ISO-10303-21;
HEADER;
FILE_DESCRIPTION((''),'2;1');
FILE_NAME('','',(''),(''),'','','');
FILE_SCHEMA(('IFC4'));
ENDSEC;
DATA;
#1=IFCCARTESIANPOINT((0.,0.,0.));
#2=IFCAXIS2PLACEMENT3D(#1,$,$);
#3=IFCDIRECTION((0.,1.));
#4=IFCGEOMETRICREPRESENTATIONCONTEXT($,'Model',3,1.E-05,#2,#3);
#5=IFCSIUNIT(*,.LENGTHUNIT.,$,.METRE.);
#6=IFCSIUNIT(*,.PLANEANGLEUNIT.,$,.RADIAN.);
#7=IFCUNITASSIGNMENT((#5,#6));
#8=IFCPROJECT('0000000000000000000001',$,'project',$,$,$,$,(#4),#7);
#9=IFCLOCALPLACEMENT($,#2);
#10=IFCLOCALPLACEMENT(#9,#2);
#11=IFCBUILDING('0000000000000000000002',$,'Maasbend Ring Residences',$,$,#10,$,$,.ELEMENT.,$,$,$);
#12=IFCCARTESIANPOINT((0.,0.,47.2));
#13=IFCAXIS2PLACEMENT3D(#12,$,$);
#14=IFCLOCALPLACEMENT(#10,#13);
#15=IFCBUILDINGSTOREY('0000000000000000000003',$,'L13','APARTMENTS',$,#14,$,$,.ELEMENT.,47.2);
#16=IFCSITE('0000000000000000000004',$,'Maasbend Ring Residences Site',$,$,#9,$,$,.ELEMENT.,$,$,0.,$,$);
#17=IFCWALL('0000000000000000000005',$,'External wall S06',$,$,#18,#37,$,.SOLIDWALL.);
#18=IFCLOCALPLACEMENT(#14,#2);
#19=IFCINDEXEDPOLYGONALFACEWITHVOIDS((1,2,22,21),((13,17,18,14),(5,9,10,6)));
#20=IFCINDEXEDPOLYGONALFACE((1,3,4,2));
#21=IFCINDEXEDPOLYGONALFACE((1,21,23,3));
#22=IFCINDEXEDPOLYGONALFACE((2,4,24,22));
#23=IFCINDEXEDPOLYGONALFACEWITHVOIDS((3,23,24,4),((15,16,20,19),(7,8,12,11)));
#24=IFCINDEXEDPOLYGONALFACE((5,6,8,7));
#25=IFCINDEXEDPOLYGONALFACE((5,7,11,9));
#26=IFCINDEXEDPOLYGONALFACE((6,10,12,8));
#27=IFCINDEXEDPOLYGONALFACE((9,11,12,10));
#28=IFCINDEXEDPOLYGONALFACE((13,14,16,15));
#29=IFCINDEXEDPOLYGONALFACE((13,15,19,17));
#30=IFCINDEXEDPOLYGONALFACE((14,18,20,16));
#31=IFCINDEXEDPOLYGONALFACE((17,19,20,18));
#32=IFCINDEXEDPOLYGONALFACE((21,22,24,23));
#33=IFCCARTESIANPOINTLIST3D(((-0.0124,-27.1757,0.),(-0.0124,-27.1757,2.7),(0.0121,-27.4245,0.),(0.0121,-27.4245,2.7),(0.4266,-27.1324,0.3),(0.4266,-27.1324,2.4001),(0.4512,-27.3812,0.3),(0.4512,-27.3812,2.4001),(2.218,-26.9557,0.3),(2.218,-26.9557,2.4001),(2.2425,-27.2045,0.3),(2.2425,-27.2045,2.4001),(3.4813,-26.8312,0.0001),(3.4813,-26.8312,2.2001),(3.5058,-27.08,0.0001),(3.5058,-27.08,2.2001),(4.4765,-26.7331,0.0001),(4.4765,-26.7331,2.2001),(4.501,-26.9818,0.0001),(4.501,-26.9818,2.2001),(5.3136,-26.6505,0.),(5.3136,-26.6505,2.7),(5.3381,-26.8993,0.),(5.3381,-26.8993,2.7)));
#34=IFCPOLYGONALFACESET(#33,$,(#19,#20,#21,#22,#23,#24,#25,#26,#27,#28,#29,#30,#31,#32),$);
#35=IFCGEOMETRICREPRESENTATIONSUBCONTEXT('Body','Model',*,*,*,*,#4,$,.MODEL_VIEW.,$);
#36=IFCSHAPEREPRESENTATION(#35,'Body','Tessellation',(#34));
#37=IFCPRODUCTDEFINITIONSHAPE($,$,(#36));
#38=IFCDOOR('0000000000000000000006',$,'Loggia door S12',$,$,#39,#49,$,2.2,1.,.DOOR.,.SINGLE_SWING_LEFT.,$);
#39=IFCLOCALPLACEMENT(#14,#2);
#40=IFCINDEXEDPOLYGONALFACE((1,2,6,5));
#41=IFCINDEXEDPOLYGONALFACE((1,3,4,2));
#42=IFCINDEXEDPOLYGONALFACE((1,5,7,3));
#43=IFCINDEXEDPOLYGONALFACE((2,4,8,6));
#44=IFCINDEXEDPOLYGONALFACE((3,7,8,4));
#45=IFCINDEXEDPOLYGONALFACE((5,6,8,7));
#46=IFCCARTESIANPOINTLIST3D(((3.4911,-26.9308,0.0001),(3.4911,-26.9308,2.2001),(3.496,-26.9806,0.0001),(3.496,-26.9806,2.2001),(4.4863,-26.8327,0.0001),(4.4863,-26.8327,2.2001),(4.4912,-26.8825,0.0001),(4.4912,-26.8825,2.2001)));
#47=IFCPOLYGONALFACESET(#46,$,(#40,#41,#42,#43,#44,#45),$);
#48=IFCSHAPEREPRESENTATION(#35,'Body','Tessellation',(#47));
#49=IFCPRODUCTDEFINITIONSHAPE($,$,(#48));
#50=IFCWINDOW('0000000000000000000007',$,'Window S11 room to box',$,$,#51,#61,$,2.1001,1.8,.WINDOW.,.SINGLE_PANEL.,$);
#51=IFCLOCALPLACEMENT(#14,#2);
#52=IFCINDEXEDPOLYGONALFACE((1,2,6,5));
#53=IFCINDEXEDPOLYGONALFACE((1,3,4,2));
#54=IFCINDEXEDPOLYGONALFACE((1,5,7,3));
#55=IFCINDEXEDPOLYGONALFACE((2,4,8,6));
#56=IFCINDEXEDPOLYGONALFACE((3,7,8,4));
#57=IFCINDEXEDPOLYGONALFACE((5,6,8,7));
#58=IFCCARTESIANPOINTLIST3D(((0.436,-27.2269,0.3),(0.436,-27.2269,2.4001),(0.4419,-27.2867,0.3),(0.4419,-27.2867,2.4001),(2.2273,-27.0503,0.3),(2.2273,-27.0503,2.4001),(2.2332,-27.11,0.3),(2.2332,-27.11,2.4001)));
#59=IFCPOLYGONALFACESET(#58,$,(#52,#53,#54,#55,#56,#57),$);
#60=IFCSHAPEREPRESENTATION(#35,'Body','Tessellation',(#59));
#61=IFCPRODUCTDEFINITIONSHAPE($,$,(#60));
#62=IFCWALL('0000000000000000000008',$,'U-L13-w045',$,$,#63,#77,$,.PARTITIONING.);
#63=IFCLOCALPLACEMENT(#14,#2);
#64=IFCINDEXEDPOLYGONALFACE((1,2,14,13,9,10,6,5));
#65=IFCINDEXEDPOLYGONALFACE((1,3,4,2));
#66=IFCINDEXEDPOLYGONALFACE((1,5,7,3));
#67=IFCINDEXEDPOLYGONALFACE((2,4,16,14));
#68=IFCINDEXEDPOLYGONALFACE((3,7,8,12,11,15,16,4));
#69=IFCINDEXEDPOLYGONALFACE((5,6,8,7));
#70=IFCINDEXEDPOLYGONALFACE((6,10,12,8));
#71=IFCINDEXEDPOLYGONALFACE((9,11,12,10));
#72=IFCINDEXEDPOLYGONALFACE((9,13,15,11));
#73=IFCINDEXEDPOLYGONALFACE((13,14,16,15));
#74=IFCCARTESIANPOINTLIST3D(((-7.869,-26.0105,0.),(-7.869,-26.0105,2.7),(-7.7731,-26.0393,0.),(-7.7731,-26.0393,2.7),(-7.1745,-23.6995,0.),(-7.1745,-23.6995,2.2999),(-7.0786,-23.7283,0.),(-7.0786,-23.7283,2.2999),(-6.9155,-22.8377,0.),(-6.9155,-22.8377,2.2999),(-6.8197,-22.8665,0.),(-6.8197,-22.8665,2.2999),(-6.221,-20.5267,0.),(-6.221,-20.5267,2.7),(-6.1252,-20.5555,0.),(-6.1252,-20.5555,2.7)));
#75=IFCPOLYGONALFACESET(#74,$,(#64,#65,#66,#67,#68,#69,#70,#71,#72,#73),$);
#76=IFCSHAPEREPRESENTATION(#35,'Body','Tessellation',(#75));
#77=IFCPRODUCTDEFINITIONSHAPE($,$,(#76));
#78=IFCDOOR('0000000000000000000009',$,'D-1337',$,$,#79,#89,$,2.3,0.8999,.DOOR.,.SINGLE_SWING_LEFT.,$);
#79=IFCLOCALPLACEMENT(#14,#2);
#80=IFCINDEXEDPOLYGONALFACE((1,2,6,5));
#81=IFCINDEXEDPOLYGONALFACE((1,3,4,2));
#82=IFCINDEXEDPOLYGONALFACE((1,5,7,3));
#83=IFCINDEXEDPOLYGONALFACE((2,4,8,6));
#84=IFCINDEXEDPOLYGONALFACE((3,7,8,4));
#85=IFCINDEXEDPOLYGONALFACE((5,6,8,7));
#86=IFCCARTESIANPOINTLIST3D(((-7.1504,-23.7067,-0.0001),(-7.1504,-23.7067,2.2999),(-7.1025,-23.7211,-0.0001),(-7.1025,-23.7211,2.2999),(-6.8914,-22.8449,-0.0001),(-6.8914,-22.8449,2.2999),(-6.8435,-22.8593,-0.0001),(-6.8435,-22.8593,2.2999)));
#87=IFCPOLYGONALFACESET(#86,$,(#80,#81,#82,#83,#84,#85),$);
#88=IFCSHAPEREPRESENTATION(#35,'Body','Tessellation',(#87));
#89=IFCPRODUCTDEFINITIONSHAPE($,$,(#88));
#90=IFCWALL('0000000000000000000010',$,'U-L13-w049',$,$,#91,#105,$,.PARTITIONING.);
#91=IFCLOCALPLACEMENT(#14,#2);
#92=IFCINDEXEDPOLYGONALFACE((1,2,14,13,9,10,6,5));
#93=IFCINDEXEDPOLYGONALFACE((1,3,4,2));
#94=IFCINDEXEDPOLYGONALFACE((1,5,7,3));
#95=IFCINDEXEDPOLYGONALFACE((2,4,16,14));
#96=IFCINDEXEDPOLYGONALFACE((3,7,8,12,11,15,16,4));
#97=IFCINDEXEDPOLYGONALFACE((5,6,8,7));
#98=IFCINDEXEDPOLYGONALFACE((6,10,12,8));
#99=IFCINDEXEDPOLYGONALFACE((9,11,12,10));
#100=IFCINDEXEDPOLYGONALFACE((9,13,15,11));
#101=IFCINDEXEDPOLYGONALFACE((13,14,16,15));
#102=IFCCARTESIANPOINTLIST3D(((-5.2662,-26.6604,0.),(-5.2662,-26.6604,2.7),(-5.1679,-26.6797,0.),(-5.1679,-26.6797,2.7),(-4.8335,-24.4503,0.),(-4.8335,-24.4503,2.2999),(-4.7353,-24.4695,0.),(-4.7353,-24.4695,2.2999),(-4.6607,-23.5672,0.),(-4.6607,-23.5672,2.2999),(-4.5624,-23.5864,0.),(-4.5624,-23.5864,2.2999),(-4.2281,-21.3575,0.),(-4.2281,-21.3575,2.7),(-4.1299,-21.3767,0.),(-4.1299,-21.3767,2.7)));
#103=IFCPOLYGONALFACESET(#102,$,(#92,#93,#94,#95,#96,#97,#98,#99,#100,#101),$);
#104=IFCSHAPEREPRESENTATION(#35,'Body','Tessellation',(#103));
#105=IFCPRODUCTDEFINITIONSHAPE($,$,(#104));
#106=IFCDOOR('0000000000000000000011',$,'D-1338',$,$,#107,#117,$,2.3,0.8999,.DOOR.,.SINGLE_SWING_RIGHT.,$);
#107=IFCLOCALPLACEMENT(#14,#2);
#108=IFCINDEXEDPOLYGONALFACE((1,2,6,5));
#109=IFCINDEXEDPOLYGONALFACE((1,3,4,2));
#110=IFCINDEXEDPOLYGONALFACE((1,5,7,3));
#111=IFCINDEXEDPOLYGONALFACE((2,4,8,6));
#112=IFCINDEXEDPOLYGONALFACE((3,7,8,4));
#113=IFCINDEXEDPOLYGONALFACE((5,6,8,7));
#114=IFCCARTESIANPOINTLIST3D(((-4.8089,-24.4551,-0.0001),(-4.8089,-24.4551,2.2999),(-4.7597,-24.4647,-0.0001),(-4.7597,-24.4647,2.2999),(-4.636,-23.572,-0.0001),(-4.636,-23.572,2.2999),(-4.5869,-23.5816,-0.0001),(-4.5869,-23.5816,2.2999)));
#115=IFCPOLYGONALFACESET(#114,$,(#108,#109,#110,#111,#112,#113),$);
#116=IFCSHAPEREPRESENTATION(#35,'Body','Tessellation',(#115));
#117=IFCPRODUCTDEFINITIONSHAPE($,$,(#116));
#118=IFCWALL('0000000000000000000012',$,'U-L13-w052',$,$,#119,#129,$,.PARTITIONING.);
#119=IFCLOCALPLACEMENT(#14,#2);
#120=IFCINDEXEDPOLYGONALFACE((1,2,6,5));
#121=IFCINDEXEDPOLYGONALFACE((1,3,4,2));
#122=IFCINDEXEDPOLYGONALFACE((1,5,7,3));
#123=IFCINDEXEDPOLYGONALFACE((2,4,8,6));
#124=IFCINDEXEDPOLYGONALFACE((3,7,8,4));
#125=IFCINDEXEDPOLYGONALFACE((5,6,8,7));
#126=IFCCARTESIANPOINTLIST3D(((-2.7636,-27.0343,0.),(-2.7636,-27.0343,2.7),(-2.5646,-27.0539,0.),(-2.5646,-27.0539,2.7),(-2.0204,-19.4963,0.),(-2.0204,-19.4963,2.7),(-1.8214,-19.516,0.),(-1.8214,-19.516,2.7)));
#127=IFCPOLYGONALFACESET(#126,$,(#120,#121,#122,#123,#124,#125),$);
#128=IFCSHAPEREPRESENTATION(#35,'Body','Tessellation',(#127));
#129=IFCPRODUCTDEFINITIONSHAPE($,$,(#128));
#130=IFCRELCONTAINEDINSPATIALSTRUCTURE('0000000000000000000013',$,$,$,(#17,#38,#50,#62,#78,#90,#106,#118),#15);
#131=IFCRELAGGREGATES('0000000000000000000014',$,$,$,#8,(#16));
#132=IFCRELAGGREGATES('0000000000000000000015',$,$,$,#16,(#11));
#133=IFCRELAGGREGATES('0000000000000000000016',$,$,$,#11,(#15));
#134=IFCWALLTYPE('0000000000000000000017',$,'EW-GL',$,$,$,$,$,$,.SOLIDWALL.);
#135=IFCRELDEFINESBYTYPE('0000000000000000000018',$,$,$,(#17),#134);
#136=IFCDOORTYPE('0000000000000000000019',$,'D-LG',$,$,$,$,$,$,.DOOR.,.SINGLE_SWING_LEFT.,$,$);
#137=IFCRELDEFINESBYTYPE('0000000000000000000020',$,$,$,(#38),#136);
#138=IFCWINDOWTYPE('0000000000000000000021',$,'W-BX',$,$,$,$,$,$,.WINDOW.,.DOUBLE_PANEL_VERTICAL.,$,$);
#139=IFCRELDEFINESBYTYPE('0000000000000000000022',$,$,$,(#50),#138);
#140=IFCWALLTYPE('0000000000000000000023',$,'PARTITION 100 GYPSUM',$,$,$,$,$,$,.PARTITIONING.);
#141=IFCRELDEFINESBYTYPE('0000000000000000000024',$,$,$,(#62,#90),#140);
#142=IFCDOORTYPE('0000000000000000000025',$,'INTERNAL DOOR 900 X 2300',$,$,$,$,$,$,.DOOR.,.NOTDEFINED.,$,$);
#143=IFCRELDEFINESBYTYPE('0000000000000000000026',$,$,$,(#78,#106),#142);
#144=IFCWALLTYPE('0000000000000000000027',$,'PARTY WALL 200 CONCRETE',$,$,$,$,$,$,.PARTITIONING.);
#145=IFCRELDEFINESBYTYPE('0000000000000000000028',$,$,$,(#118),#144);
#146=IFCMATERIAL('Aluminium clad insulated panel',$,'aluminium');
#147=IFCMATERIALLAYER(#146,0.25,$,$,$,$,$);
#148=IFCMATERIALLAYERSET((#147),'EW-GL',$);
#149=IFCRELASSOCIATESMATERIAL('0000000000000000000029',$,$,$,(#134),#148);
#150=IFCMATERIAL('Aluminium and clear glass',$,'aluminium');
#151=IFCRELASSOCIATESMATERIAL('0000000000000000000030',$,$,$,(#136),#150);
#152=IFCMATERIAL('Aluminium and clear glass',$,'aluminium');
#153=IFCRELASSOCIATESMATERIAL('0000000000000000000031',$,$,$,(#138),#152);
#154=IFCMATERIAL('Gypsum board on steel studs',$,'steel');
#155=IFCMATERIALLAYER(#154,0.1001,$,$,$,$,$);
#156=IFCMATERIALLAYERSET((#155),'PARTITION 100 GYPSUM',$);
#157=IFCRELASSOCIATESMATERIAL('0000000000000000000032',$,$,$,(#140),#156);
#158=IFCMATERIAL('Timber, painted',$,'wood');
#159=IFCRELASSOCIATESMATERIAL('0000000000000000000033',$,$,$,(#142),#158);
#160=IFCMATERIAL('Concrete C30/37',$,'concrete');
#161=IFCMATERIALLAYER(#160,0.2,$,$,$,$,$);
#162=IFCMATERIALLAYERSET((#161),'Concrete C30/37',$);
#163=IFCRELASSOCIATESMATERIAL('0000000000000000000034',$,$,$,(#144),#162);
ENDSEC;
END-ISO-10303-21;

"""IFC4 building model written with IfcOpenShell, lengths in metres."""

from ifc_helpers import new_model, si_unit, direction, frame, frame_2d, origin, place, context, subcontext, project, spatial, rectangle, extrude, material, layer, layer_set, type_object, element, fill, save


model = new_model("IFC4")

# Units and contexts
model_context = context("Model", 3, precision=1e-05, world=origin(), true_north=direction((0.0, 1.0)))
body_context = subcontext(model_context, "Body", "Model", "MODEL_VIEW")
ifc_project = project(units=[si_unit("LENGTHUNIT", "METRE"), si_unit("PLANEANGLEUNIT", "RADIAN")], contexts=[model_context])

# Site, building, storey
site_placement = place(None, origin())
site = spatial("IfcSite", under=ifc_project, at=site_placement, Name="Maasbend Ring Residences Site", CompositionType="ELEMENT", RefElevation=0.0)
building_placement = place(site_placement, origin())
building = spatial("IfcBuilding", under=site, at=building_placement, Name="Maasbend Ring Residences", CompositionType="ELEMENT")
storey_placement = place(building_placement, frame((0.0, 0.0, 47.2)))
storey = spatial("IfcBuildingStorey", under=building, at=storey_placement, Name="L13", Description="APARTMENTS", CompositionType="ELEMENT", Elevation=47.2)

# Wall, openings, door, window
ifc_material_1 = material(Name="Aluminium clad insulated panel", Category="aluminium")
ifc_layer_1 = layer(ifc_material_1, 0.25)
ifc_layer_set_1 = layer_set([ifc_layer_1], Name="EW-GL")
wall_type_1 = type_object("IfcWallType", Name="EW-GL", PredefinedType="SOLIDWALL", material=ifc_layer_set_1)
ifc_material_2 = material(Name="Aluminium and clear glass", Category="aluminium")
door_type_1 = type_object("IfcDoorType", Name="D-LG", OperationType="SINGLE_SWING_LEFT", PredefinedType="DOOR", material=ifc_material_2)
ifc_material_3 = material(Name="Aluminium and clear glass", Category="aluminium")
window_type_1 = type_object("IfcWindowType", Name="W-BX", PartitioningType="DOUBLE_PANEL_VERTICAL", PredefinedType="WINDOW", material=ifc_material_3)
wall_1_placement = place(storey_placement, frame((0.0, -27.3, 0.0), z_axis=(0.0, 0.0, 1.0), x_axis=(0.995174, 0.098126, 0.0)))
wall_1 = element("IfcWall", 1, at=wall_1_placement, inside=storey, type_object=wall_type_1, Name="External wall S06", PredefinedType="SOLIDWALL", context=body_context, shape_type="SweptSolid", body=[
    extrude(rectangle(XDim=5.3518, YDim=0.25, at=frame_2d((2.6758, 0.0))), origin(), (0.0, 0.0, 1.0), 2.7),
])
opening_1_placement = place(wall_1_placement, frame((0.4412, 0.0, 0.3)))
opening_1 = element("IfcOpeningElement", 2, at=opening_1_placement, cuts=wall_1, PredefinedType="OPENING", context=body_context, shape_type="SweptSolid", body=[
    extrude(rectangle(XDim=1.8, YDim=2.1001, at=frame_2d((0.8999, 1.05))), frame((0.0, 0.135, 0.0), z_axis=(0.0, -1.0, 0.0), x_axis=(1.0, 0.0, 0.0)), (0.0, 0.0, 1.0), 0.27),
])
opening_2_placement = place(wall_1_placement, frame((3.5105, 0.0, 0.0)))
opening_2 = element("IfcOpeningElement", 3, at=opening_2_placement, cuts=wall_1, PredefinedType="OPENING", context=body_context, shape_type="SweptSolid", body=[
    extrude(rectangle(XDim=1.0, YDim=2.2, at=frame_2d((0.5, 1.1001))), frame((0.0, 0.135, 0.0), z_axis=(0.0, -1.0, 0.0), x_axis=(1.0, 0.0, 0.0)), (0.0, 0.0, 1.0), 0.27),
])
door_1_placement = place(opening_2_placement, origin())
door_1 = element("IfcDoor", 4, at=door_1_placement, inside=storey, type_object=door_type_1, Name="Loggia door S12", OperationType="SINGLE_SWING_LEFT", OverallHeight=2.2, OverallWidth=1.0, PredefinedType="DOOR", context=body_context, shape_type="SweptSolid", body=[
    extrude(rectangle(XDim=1.0, YDim=2.2, at=frame_2d((0.5, 1.1001))), frame((0.0, 0.0249, 0.0), z_axis=(0.0, -1.0, 0.0), x_axis=(1.0, 0.0, 0.0)), (0.0, 0.0, 1.0), 0.05),
])
fill(opening_2, door_1)
window_1_placement = place(opening_1_placement, origin())
window_1 = element("IfcWindow", 5, at=window_1_placement, inside=storey, type_object=window_type_1, Name="Window S11 room to box", OverallHeight=2.1001, OverallWidth=1.8, PartitioningType="SINGLE_PANEL", PredefinedType="WINDOW", context=body_context, shape_type="SweptSolid", body=[
    extrude(rectangle(XDim=1.8, YDim=2.1001, at=frame_2d((0.8999, 1.05))), frame((0.0, 0.03, 0.0), z_axis=(0.0, -1.0, 0.0), x_axis=(1.0, 0.0, 0.0)), (0.0, 0.0, 1.0), 0.0601),
])
fill(opening_1, window_1)

# Walls, openings, doors
ifc_material_4 = material(Name="Gypsum board on steel studs", Category="steel")
ifc_layer_2 = layer(ifc_material_4, 0.1001)
ifc_layer_set_2 = layer_set([ifc_layer_2], Name="PARTITION 100 GYPSUM")
wall_type_2 = type_object("IfcWallType", Name="PARTITION 100 GYPSUM", PredefinedType="PARTITIONING", material=ifc_layer_set_2)
wall_2_placement = place(storey_placement, frame((-7.821, -26.0249, 0.0), z_axis=(0.0, 0.0, 1.0), x_axis=(0.287794, 0.957692, 0.0)))
wall_2 = element("IfcWall", 6, at=wall_2_placement, inside=storey, type_object=wall_type_2, Name="U-L13-w045", PredefinedType="PARTITIONING", context=body_context, shape_type="SweptSolid", body=[
    extrude(rectangle(XDim=5.7261, YDim=0.1001, at=frame_2d((2.863, 0.0))), origin(), (0.0, 0.0, 1.0), 2.7),
])
opening_3_placement = place(wall_2_placement, frame((2.4131, 0.0, 0.0)))
opening_3 = element("IfcOpeningElement", 7, at=opening_3_placement, cuts=wall_2, PredefinedType="OPENING", context=body_context, shape_type="SweptSolid", body=[
    extrude(rectangle(XDim=0.8999, YDim=2.3, at=frame_2d((0.45, 1.1499))), frame((0.0, 0.0601, 0.0), z_axis=(0.0, -1.0, 0.0), x_axis=(1.0, 0.0, 0.0)), (0.0, 0.0, 1.0), 0.1201),
])
ifc_material_5 = material(Name="Timber, painted", Category="wood")
door_type_2 = type_object("IfcDoorType", Name="INTERNAL DOOR 900 X 2300", OperationType="NOTDEFINED", PredefinedType="DOOR", material=ifc_material_5)
door_2_placement = place(opening_3_placement, origin())
door_2 = element("IfcDoor", 8, at=door_2_placement, inside=storey, type_object=door_type_2, Name="D-1337", OperationType="SINGLE_SWING_LEFT", OverallHeight=2.3, OverallWidth=0.8999, PredefinedType="DOOR", context=body_context, shape_type="SweptSolid", body=[
    extrude(rectangle(XDim=0.8999, YDim=2.3, at=frame_2d((0.45, 1.1499))), frame((0.0, 0.0249, 0.0), z_axis=(0.0, -1.0, 0.0), x_axis=(1.0, 0.0, 0.0)), (0.0, 0.0, 1.0), 0.05),
])
fill(opening_3, door_2)
wall_3_placement = place(storey_placement, frame((-5.217, -26.6699, 0.0), z_axis=(0.0, 0.0, 1.0), x_axis=(0.192109, 0.981374, 0.0)))
wall_3 = element("IfcWall", 9, at=wall_3_placement, inside=storey, type_object=wall_type_2, Name="U-L13-w049", PredefinedType="PARTITIONING", context=body_context, shape_type="SweptSolid", body=[
    extrude(rectangle(XDim=5.4036, YDim=0.1001, at=frame_2d((2.7017, 0.0))), origin(), (0.0, 0.0, 1.0), 2.7),
])
opening_4_placement = place(wall_3_placement, frame((2.252, 0.0, 0.0)))
opening_4 = element("IfcOpeningElement", 10, at=opening_4_placement, cuts=wall_3, PredefinedType="OPENING", context=body_context, shape_type="SweptSolid", body=[
    extrude(rectangle(XDim=0.8999, YDim=2.3, at=frame_2d((0.45, 1.1499))), frame((0.0, 0.0601, 0.0), z_axis=(0.0, -1.0, 0.0), x_axis=(1.0, 0.0, 0.0)), (0.0, 0.0, 1.0), 0.1201),
])
door_3_placement = place(opening_4_placement, origin())
door_3 = element("IfcDoor", 11, at=door_3_placement, inside=storey, type_object=door_type_2, Name="D-1338", OperationType="SINGLE_SWING_RIGHT", OverallHeight=2.3, OverallWidth=0.8999, PredefinedType="DOOR", context=body_context, shape_type="SweptSolid", body=[
    extrude(rectangle(XDim=0.8999, YDim=2.3, at=frame_2d((0.45, 1.1499))), frame((0.0, 0.0249, 0.0), z_axis=(0.0, -1.0, 0.0), x_axis=(1.0, 0.0, 0.0)), (0.0, 0.0, 1.0), 0.05),
])
fill(opening_4, door_3)

# Wall
ifc_material_6 = material(Name="Concrete C30/37", Category="concrete")
ifc_layer_3 = layer(ifc_material_6, 0.2)
ifc_layer_set_3 = layer_set([ifc_layer_3], Name="Concrete C30/37")
wall_type_3 = type_object("IfcWallType", Name="PARTY WALL 200 CONCRETE", PredefinedType="PARTITIONING", material=ifc_layer_set_3)
wall_4_placement = place(storey_placement, frame((-2.6641, -27.0439, 0.0), z_axis=(0.0, 0.0, 1.0), x_axis=(0.098115, 0.995175, 0.0)))
element("IfcWall", 12, at=wall_4_placement, inside=storey, type_object=wall_type_3, Name="U-L13-w052", PredefinedType="PARTITIONING", context=body_context, shape_type="SweptSolid", body=[
    extrude(rectangle(XDim=7.5745, YDim=0.2, at=frame_2d((3.7871, 0.0))), origin(), (0.0, 0.0, 1.0), 2.7),
])

save(model, "model.ifc")
